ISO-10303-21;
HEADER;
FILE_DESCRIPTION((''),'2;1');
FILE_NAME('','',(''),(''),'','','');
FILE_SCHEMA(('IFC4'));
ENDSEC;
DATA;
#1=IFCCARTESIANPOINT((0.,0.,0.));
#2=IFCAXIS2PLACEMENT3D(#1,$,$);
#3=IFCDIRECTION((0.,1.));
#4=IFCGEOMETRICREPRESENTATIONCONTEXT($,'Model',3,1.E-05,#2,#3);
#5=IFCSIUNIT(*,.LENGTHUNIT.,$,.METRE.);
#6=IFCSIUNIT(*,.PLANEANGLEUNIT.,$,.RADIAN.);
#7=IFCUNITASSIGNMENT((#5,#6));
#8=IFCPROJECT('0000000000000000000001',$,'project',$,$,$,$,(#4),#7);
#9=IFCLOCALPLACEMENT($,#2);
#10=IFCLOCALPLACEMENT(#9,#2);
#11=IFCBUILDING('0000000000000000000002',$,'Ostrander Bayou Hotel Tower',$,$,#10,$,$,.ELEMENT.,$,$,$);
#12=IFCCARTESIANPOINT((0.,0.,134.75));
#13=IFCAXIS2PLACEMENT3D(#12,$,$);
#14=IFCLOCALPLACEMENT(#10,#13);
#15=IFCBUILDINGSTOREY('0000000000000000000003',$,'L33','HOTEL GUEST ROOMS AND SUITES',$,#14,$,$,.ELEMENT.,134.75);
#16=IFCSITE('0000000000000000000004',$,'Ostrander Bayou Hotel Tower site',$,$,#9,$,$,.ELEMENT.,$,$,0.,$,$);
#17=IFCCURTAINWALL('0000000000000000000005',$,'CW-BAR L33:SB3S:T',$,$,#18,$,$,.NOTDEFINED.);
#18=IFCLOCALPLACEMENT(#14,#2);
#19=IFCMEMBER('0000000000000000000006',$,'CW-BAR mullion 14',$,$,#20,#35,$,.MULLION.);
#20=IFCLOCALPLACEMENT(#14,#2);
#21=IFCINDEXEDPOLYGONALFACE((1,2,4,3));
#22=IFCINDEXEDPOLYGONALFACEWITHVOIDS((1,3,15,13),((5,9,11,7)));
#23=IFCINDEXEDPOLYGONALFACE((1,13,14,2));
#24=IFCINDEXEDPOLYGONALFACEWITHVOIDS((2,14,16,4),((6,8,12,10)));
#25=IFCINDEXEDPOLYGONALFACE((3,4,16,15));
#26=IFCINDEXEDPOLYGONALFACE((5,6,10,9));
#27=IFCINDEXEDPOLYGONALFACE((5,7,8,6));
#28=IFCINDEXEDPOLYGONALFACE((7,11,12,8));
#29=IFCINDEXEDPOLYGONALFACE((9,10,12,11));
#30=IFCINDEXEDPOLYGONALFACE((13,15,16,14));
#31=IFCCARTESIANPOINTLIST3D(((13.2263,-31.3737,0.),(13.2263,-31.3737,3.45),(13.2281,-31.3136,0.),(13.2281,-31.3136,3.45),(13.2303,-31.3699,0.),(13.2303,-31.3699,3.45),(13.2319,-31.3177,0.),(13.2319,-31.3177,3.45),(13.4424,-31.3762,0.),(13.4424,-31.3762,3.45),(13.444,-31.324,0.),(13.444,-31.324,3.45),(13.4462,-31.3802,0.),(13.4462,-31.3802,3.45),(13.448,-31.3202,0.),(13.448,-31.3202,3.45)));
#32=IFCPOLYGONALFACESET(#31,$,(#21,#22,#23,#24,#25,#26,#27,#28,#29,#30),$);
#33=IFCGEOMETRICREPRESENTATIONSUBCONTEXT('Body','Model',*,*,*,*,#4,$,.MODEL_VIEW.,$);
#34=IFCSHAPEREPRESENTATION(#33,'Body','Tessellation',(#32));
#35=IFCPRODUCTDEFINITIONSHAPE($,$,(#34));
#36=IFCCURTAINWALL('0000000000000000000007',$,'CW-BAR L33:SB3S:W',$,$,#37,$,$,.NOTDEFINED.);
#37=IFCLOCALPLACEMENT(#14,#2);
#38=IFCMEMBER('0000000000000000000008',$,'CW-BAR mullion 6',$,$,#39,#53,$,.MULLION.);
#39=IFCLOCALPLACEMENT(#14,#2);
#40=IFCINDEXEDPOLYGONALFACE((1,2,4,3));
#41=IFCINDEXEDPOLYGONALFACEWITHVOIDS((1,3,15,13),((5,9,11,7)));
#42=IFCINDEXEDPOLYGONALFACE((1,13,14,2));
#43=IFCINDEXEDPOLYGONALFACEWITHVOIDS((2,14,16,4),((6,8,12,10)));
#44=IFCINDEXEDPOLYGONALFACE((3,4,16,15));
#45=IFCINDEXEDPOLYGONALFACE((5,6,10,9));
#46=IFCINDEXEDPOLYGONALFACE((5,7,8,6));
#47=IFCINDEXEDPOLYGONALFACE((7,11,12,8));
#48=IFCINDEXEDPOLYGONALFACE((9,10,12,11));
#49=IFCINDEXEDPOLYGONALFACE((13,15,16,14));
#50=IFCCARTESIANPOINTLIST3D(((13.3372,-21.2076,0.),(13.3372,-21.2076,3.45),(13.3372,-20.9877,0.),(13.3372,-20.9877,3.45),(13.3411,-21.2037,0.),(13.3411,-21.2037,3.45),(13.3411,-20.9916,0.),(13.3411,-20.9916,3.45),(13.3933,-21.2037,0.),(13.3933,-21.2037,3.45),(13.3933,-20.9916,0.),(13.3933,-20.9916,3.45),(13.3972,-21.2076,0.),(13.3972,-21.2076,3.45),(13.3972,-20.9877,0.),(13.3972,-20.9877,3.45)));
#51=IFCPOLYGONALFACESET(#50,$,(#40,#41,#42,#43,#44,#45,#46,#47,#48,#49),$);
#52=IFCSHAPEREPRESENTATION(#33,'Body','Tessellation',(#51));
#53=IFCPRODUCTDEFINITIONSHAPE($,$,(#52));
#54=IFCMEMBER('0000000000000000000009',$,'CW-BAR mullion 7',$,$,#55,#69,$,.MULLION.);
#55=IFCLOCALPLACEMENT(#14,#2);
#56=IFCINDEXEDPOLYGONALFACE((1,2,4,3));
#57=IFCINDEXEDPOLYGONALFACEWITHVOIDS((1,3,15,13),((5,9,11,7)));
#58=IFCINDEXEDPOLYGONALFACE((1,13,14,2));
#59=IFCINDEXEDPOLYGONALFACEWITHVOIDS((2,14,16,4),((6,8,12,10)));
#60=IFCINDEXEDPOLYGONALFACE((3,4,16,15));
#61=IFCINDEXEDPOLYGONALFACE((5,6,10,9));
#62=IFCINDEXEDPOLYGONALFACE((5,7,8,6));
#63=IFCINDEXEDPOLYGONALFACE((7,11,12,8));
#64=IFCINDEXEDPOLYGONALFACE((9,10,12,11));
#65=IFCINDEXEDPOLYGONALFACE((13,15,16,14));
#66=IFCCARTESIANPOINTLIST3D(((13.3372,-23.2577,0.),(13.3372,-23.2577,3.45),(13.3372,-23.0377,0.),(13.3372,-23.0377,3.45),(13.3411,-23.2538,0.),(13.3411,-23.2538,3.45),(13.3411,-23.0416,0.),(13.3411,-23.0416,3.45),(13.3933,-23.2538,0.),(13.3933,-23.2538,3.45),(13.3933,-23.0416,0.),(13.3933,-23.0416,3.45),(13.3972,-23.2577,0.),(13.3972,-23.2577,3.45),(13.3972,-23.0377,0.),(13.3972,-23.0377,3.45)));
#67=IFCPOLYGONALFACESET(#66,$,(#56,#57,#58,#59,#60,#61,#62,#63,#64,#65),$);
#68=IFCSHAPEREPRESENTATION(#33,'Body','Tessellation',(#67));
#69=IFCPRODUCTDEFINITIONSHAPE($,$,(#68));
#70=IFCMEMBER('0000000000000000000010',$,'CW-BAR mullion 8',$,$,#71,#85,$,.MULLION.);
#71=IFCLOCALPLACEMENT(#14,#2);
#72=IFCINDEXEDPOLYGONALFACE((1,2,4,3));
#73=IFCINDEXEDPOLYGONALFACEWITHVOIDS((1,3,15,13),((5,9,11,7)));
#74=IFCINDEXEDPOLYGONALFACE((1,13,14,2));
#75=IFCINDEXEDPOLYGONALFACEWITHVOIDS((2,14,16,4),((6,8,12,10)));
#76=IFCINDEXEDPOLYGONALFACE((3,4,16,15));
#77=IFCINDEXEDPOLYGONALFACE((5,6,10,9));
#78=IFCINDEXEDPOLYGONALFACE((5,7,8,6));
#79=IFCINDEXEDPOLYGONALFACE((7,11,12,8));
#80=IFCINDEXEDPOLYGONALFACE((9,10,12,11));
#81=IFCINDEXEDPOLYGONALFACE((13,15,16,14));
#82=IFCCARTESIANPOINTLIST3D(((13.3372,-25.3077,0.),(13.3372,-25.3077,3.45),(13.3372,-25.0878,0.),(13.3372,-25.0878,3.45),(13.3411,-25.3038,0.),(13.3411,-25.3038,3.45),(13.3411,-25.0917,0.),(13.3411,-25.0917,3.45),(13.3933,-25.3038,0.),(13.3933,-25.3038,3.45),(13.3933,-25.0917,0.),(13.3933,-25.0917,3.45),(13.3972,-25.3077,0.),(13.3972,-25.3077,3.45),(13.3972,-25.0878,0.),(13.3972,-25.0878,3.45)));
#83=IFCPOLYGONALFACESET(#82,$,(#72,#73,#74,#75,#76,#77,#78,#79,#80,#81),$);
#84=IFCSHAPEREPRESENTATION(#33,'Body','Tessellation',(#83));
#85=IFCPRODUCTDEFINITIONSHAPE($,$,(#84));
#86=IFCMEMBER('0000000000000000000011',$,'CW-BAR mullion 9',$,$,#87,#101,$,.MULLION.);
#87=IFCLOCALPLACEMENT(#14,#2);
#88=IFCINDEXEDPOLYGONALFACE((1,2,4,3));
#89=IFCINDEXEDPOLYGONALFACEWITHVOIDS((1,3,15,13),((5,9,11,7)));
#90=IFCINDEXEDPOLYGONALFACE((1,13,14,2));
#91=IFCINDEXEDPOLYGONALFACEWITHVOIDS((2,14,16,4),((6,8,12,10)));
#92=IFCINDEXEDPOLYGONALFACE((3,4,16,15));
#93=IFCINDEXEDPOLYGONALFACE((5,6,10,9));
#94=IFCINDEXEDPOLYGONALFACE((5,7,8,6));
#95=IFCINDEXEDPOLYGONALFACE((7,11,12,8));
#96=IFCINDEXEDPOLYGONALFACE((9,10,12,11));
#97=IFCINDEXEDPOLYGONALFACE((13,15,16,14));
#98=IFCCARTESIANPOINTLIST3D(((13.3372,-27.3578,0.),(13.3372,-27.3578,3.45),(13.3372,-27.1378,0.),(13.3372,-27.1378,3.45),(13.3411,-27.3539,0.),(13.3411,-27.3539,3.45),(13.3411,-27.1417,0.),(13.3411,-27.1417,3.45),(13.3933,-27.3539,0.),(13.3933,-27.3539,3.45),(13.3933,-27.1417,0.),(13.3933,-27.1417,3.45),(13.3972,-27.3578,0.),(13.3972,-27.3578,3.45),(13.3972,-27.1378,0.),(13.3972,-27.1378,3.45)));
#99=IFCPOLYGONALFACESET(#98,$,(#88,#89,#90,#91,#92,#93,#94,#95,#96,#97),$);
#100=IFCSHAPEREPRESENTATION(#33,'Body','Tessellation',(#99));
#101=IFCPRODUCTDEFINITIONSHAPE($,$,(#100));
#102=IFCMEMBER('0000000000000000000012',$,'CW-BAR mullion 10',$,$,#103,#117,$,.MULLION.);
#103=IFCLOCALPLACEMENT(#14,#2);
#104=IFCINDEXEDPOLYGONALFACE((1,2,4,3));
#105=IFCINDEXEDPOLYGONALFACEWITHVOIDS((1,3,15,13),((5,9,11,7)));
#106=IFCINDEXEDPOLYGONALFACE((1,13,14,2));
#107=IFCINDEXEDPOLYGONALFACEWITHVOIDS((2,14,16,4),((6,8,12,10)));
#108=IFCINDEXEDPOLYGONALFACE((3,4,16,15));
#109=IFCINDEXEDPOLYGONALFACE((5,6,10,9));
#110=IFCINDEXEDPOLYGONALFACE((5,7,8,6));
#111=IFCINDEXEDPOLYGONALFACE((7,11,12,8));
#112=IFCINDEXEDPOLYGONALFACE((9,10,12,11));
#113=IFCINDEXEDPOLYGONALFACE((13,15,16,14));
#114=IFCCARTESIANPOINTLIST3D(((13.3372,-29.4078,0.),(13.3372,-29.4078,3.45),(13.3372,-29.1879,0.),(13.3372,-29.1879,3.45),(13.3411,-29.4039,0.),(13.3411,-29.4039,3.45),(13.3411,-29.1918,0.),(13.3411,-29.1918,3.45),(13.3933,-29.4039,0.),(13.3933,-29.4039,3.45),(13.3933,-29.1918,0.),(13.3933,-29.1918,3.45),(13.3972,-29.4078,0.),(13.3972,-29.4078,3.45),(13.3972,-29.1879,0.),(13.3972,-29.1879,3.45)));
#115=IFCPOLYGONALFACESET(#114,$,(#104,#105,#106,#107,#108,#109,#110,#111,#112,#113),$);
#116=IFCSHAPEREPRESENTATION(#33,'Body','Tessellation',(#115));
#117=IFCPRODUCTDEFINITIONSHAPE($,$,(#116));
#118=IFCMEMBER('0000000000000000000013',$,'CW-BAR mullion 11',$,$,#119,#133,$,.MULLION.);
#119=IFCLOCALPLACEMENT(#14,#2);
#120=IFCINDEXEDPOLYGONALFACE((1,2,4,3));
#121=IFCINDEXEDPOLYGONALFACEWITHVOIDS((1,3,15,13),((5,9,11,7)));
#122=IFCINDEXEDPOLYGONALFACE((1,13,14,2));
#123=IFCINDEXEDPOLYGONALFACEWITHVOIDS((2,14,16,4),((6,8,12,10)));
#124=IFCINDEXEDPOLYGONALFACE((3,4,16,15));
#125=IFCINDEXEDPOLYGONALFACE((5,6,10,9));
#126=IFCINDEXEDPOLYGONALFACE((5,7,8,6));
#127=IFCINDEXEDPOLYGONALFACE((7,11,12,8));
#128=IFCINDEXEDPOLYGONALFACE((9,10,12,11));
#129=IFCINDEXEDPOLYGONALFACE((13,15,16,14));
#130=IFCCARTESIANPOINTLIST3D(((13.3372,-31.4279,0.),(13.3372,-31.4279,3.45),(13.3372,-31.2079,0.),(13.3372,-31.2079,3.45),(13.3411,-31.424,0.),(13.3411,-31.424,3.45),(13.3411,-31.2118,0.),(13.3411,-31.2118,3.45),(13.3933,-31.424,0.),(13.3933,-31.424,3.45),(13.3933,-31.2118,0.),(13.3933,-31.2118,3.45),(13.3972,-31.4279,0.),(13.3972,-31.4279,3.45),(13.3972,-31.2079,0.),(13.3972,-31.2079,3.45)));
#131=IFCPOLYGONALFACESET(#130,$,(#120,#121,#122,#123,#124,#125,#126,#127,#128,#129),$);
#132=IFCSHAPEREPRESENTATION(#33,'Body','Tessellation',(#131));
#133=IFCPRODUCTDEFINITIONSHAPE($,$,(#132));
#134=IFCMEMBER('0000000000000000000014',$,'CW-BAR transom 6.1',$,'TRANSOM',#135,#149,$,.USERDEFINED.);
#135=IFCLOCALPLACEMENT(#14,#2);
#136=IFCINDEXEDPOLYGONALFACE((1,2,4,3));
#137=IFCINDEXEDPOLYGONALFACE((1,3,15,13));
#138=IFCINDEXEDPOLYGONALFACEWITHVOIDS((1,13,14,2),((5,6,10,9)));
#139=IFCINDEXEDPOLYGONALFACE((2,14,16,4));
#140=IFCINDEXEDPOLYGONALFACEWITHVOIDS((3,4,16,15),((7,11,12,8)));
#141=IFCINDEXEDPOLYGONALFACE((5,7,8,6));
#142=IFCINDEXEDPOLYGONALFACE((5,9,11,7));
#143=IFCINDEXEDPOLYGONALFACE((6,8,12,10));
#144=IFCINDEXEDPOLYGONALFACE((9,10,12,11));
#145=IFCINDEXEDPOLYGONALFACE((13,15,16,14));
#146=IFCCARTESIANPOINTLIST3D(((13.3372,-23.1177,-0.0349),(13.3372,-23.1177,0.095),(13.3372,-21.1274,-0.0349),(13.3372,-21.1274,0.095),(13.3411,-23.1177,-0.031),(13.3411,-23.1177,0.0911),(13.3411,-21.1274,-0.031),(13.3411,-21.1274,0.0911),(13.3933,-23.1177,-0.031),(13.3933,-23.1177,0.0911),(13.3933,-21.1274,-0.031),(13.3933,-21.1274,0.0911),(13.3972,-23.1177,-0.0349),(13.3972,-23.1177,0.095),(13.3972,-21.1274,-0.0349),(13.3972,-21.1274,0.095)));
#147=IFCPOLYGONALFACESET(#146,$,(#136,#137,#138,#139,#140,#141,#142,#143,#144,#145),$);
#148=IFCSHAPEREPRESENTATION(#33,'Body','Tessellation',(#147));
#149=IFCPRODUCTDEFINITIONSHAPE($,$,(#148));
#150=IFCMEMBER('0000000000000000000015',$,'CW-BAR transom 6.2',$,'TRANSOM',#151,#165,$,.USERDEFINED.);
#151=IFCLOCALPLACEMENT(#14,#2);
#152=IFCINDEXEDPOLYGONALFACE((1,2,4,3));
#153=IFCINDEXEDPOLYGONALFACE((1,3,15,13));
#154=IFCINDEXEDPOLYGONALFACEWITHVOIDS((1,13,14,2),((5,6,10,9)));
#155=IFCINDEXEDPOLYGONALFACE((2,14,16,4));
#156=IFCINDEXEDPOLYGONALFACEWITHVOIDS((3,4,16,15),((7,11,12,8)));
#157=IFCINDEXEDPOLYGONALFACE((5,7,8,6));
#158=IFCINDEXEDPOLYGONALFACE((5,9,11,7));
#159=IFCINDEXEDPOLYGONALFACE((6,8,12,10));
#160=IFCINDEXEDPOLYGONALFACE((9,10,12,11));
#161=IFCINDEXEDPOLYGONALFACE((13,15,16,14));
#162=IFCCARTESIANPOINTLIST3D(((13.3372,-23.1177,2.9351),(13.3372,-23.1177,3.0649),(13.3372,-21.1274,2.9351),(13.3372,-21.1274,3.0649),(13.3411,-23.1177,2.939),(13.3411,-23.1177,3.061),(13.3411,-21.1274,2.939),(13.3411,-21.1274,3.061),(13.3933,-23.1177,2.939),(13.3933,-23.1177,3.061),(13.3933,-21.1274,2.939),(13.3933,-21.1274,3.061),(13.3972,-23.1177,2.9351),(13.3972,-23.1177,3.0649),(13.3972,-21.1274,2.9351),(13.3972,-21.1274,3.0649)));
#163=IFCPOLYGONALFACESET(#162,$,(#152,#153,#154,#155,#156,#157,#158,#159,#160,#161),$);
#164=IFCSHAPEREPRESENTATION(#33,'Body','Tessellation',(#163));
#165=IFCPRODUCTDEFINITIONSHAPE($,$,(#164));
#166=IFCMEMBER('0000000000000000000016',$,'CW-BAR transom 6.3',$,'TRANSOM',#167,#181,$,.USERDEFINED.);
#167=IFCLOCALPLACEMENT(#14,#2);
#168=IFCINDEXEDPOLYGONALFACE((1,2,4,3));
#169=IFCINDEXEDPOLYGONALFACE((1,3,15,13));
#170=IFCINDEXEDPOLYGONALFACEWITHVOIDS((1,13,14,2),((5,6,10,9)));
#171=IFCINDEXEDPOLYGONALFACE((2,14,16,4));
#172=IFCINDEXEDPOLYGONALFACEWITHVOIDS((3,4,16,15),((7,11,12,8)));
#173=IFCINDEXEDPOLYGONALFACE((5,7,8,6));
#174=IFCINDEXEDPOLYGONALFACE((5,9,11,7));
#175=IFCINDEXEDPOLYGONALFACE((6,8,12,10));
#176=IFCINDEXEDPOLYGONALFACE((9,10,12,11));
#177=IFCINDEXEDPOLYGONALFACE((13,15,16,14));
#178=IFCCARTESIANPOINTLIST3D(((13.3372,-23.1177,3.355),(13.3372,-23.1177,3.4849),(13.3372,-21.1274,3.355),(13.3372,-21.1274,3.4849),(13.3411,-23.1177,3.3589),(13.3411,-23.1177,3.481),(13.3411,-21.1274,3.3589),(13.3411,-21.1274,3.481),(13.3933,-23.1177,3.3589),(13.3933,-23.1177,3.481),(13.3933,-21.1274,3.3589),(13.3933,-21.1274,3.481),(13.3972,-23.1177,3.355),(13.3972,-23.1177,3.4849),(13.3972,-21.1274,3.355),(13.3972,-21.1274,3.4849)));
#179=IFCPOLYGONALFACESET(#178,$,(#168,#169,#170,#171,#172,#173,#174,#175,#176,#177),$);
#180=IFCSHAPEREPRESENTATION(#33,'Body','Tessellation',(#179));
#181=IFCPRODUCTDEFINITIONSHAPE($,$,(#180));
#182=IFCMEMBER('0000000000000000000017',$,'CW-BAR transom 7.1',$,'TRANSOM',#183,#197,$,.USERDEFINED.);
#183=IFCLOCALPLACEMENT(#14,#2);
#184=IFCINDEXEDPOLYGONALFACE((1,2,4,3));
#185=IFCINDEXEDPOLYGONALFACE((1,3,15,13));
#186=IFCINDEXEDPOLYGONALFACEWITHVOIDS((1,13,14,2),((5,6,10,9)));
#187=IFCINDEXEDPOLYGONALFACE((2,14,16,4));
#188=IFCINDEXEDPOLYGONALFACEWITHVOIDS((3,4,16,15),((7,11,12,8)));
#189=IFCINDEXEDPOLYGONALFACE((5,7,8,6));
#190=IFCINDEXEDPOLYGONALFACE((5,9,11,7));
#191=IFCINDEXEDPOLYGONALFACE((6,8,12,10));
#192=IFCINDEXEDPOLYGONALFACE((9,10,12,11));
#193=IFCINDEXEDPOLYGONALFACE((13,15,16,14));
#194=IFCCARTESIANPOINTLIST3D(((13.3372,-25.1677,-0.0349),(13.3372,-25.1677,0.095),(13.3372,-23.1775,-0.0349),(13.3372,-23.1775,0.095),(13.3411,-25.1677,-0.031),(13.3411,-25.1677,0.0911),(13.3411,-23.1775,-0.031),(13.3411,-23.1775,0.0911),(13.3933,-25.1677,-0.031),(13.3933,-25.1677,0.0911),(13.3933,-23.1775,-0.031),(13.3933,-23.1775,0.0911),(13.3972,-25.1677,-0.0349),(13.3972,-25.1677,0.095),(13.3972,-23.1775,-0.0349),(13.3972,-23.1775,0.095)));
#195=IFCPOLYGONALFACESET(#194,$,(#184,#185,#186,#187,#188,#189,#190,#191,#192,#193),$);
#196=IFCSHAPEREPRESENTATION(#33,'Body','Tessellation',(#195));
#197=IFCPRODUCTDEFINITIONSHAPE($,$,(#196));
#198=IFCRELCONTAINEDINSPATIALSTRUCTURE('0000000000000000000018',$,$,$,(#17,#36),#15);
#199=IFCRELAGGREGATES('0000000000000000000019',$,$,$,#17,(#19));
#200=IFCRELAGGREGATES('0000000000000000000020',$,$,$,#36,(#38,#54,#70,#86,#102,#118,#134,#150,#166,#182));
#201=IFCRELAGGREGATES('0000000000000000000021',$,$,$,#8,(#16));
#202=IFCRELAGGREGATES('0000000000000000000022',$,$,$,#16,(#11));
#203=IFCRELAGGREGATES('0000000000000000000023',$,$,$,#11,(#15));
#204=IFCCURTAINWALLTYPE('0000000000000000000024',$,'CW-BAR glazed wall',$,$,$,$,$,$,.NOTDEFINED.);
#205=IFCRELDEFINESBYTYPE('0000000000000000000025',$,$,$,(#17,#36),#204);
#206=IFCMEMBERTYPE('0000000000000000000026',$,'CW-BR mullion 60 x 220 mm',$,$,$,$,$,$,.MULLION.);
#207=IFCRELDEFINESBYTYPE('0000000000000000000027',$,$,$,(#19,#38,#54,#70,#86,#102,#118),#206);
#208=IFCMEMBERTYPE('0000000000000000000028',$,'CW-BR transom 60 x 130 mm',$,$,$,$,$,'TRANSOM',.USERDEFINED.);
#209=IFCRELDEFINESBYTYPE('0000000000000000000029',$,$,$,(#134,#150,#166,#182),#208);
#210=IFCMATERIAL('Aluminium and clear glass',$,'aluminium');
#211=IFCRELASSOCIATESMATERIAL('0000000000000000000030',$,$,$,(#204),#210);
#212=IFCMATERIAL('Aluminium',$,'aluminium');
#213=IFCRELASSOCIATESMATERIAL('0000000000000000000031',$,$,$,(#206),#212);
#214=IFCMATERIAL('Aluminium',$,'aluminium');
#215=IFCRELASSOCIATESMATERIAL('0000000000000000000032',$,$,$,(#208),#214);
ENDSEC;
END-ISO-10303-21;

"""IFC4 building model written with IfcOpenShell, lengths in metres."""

from ifc_helpers import new_model, si_unit, direction, frame, origin, origin_2d, place, context, subcontext, project, spatial, hollow_rectangle, extrude, material, material_profile, profile_set, type_object, element, aggregate, save


model = new_model("IFC4")

# Units and contexts
model_context = context("Model", 3, precision=1e-05, world=origin(), true_north=direction((0.0, 1.0)))
body_context = subcontext(model_context, "Body", "Model", "MODEL_VIEW")
ifc_project = project(units=[si_unit("LENGTHUNIT", "METRE"), si_unit("PLANEANGLEUNIT", "RADIAN")], contexts=[model_context])

# Site, building, storey
site_placement = place(None, origin())
site = spatial("IfcSite", under=ifc_project, at=site_placement, Name="Ostrander Bayou Hotel Tower site", CompositionType="ELEMENT", RefElevation=0.0)
building_placement = place(site_placement, origin())
building = spatial("IfcBuilding", under=site, at=building_placement, Name="Ostrander Bayou Hotel Tower", CompositionType="ELEMENT")
storey_placement = place(building_placement, frame((0.0, 0.0, 134.75)))
storey = spatial("IfcBuildingStorey", under=building, at=storey_placement, Name="L33", Description="HOTEL GUEST ROOMS AND SUITES", CompositionType="ELEMENT", Elevation=134.75)

# Curtain wall, member
ifc_material_1 = material(Name="Aluminium and clear glass", Category="aluminium")
curtain_wall_type = type_object("IfcCurtainWallType", Name="CW-BAR glazed wall", PredefinedType="NOTDEFINED", material=ifc_material_1)
curtain_wall_1_placement = place(storey_placement, origin())
curtain_wall_1 = element("IfcCurtainWall", 1, at=curtain_wall_1_placement, inside=storey, type_object=curtain_wall_type, Name="CW-BAR L33:SB3S:T", PredefinedType="NOTDEFINED")
ifc_material_2 = material(Name="Aluminium", Category="aluminium")
ifc_material_profile_1 = material_profile(ifc_material_2, hollow_rectangle(XDim=0.0601, YDim=0.22, WallThickness=0.0039, at=origin_2d()))
ifc_profile_set_1 = profile_set([ifc_material_profile_1], Name="Aluminium")
member_type_1 = type_object("IfcMemberType", Name="CW-BR mullion 60 x 220 mm", PredefinedType="MULLION", material=ifc_profile_set_1)
member_1_placement = place(storey_placement, frame((13.3372, -31.3469, 0.0), z_axis=(0.0, 0.0, 1.0), x_axis=(0.029746, 0.999557, 0.0)))
member_1 = element("IfcMember", 2, at=member_1_placement, type_object=member_type_1, Name="CW-BAR mullion 14", PredefinedType="MULLION", context=body_context, shape_type="SweptSolid", body=[
    extrude(hollow_rectangle(XDim=0.0601, YDim=0.22, WallThickness=0.0039, at=origin_2d()), origin(), (0.0, 0.0, 1.0), 3.45),
])

# Curtain wall, members
curtain_wall_2_placement = place(storey_placement, origin())
curtain_wall_2 = element("IfcCurtainWall", 3, at=curtain_wall_2_placement, inside=storey, type_object=curtain_wall_type, Name="CW-BAR L33:SB3S:W", PredefinedType="NOTDEFINED")
member_2_placement = place(storey_placement, frame((13.3672, -21.0977, 0.0), z_axis=(0.0, 0.0, 1.0), x_axis=(1.0, 0.0, 0.0)))
member_2 = element("IfcMember", 4, at=member_2_placement, type_object=member_type_1, Name="CW-BAR mullion 6", PredefinedType="MULLION", context=body_context, shape_type="SweptSolid", body=[
    extrude(hollow_rectangle(XDim=0.0601, YDim=0.22, WallThickness=0.0039, at=origin_2d()), origin(), (0.0, 0.0, 1.0), 3.45),
])
member_3_placement = place(storey_placement, frame((13.3672, -23.1477, 0.0), z_axis=(0.0, 0.0, 1.0), x_axis=(1.0, 0.0, 0.0)))
member_3 = element("IfcMember", 5, at=member_3_placement, type_object=member_type_1, Name="CW-BAR mullion 7", PredefinedType="MULLION", context=body_context, shape_type="SweptSolid", body=[
    extrude(hollow_rectangle(XDim=0.0601, YDim=0.22, WallThickness=0.0039, at=origin_2d()), origin(), (0.0, 0.0, 1.0), 3.45),
])
member_4_placement = place(storey_placement, frame((13.3672, -25.1978, 0.0), z_axis=(0.0, 0.0, 1.0), x_axis=(1.0, 0.0, 0.0)))
member_4 = element("IfcMember", 6, at=member_4_placement, type_object=member_type_1, Name="CW-BAR mullion 8", PredefinedType="MULLION", context=body_context, shape_type="SweptSolid", body=[
    extrude(hollow_rectangle(XDim=0.0601, YDim=0.22, WallThickness=0.0039, at=origin_2d()), origin(), (0.0, 0.0, 1.0), 3.45),
])
member_5_placement = place(storey_placement, frame((13.3672, -27.2478, 0.0), z_axis=(0.0, 0.0, 1.0), x_axis=(1.0, 0.0, 0.0)))
member_5 = element("IfcMember", 7, at=member_5_placement, type_object=member_type_1, Name="CW-BAR mullion 9", PredefinedType="MULLION", context=body_context, shape_type="SweptSolid", body=[
    extrude(hollow_rectangle(XDim=0.0601, YDim=0.22, WallThickness=0.0039, at=origin_2d()), origin(), (0.0, 0.0, 1.0), 3.45),
])
member_6_placement = place(storey_placement, frame((13.3672, -29.2979, 0.0), z_axis=(0.0, 0.0, 1.0), x_axis=(1.0, 0.0, 0.0)))
member_6 = element("IfcMember", 8, at=member_6_placement, type_object=member_type_1, Name="CW-BAR mullion 10", PredefinedType="MULLION", context=body_context, shape_type="SweptSolid", body=[
    extrude(hollow_rectangle(XDim=0.0601, YDim=0.22, WallThickness=0.0039, at=origin_2d()), origin(), (0.0, 0.0, 1.0), 3.45),
])
member_7_placement = place(storey_placement, frame((13.3672, -31.3179, 0.0), z_axis=(0.0, 0.0, 1.0), x_axis=(1.0, 0.0, 0.0)))
member_7 = element("IfcMember", 9, at=member_7_placement, type_object=member_type_1, Name="CW-BAR mullion 11", PredefinedType="MULLION", context=body_context, shape_type="SweptSolid", body=[
    extrude(hollow_rectangle(XDim=0.0601, YDim=0.22, WallThickness=0.0039, at=origin_2d()), origin(), (0.0, 0.0, 1.0), 3.45),
])
ifc_material_3 = material(Name="Aluminium", Category="aluminium")
ifc_material_profile_2 = material_profile(ifc_material_3, hollow_rectangle(XDim=0.0601, YDim=0.1299, WallThickness=0.0039, at=origin_2d()))
ifc_profile_set_2 = profile_set([ifc_material_profile_2], Name="Aluminium")
member_type_2 = type_object("IfcMemberType", Name="CW-BR transom 60 x 130 mm", ElementType="TRANSOM", PredefinedType="USERDEFINED", material=ifc_profile_set_2)
member_8_placement = place(storey_placement, frame((13.3672, -21.1274, 0.03), z_axis=(0.0, -1.0, 0.0), x_axis=(1.0, 0.0, 0.0)))
member_8 = element("IfcMember", 10, at=member_8_placement, type_object=member_type_2, Name="CW-BAR transom 6.1", ObjectType="TRANSOM", PredefinedType="USERDEFINED", context=body_context, shape_type="SweptSolid", body=[
    extrude(hollow_rectangle(XDim=0.0601, YDim=0.1299, WallThickness=0.0039, at=origin_2d()), origin(), (0.0, 0.0, 1.0), 1.9902),
])
member_9_placement = place(storey_placement, frame((13.3672, -21.1274, 3.0), z_axis=(0.0, -1.0, 0.0), x_axis=(1.0, 0.0, 0.0)))
member_9 = element("IfcMember", 11, at=member_9_placement, type_object=member_type_2, Name="CW-BAR transom 6.2", ObjectType="TRANSOM", PredefinedType="USERDEFINED", context=body_context, shape_type="SweptSolid", body=[
    extrude(hollow_rectangle(XDim=0.0601, YDim=0.1299, WallThickness=0.0039, at=origin_2d()), origin(), (0.0, 0.0, 1.0), 1.9902),
])
member_10_placement = place(storey_placement, frame((13.3672, -21.1274, 3.4199), z_axis=(0.0, -1.0, 0.0), x_axis=(1.0, 0.0, 0.0)))
member_10 = element("IfcMember", 12, at=member_10_placement, type_object=member_type_2, Name="CW-BAR transom 6.3", ObjectType="TRANSOM", PredefinedType="USERDEFINED", context=body_context, shape_type="SweptSolid", body=[
    extrude(hollow_rectangle(XDim=0.0601, YDim=0.1299, WallThickness=0.0039, at=origin_2d()), origin(), (0.0, 0.0, 1.0), 1.9902),
])
member_11_placement = place(storey_placement, frame((13.3672, -23.1775, 0.03), z_axis=(0.0, -1.0, 0.0), x_axis=(1.0, 0.0, 0.0)))
member_11 = element("IfcMember", 13, at=member_11_placement, type_object=member_type_2, Name="CW-BAR transom 7.1", ObjectType="TRANSOM", PredefinedType="USERDEFINED", context=body_context, shape_type="SweptSolid", body=[
    extrude(hollow_rectangle(XDim=0.0601, YDim=0.1299, WallThickness=0.0039, at=origin_2d()), origin(), (0.0, 0.0, 1.0), 1.9902),
])

aggregate(curtain_wall_1, [member_1])
aggregate(curtain_wall_2, [member_2, member_3, member_4, member_5, member_6, member_7, member_8, member_9, member_10, member_11])

save(model, "model.ifc")
